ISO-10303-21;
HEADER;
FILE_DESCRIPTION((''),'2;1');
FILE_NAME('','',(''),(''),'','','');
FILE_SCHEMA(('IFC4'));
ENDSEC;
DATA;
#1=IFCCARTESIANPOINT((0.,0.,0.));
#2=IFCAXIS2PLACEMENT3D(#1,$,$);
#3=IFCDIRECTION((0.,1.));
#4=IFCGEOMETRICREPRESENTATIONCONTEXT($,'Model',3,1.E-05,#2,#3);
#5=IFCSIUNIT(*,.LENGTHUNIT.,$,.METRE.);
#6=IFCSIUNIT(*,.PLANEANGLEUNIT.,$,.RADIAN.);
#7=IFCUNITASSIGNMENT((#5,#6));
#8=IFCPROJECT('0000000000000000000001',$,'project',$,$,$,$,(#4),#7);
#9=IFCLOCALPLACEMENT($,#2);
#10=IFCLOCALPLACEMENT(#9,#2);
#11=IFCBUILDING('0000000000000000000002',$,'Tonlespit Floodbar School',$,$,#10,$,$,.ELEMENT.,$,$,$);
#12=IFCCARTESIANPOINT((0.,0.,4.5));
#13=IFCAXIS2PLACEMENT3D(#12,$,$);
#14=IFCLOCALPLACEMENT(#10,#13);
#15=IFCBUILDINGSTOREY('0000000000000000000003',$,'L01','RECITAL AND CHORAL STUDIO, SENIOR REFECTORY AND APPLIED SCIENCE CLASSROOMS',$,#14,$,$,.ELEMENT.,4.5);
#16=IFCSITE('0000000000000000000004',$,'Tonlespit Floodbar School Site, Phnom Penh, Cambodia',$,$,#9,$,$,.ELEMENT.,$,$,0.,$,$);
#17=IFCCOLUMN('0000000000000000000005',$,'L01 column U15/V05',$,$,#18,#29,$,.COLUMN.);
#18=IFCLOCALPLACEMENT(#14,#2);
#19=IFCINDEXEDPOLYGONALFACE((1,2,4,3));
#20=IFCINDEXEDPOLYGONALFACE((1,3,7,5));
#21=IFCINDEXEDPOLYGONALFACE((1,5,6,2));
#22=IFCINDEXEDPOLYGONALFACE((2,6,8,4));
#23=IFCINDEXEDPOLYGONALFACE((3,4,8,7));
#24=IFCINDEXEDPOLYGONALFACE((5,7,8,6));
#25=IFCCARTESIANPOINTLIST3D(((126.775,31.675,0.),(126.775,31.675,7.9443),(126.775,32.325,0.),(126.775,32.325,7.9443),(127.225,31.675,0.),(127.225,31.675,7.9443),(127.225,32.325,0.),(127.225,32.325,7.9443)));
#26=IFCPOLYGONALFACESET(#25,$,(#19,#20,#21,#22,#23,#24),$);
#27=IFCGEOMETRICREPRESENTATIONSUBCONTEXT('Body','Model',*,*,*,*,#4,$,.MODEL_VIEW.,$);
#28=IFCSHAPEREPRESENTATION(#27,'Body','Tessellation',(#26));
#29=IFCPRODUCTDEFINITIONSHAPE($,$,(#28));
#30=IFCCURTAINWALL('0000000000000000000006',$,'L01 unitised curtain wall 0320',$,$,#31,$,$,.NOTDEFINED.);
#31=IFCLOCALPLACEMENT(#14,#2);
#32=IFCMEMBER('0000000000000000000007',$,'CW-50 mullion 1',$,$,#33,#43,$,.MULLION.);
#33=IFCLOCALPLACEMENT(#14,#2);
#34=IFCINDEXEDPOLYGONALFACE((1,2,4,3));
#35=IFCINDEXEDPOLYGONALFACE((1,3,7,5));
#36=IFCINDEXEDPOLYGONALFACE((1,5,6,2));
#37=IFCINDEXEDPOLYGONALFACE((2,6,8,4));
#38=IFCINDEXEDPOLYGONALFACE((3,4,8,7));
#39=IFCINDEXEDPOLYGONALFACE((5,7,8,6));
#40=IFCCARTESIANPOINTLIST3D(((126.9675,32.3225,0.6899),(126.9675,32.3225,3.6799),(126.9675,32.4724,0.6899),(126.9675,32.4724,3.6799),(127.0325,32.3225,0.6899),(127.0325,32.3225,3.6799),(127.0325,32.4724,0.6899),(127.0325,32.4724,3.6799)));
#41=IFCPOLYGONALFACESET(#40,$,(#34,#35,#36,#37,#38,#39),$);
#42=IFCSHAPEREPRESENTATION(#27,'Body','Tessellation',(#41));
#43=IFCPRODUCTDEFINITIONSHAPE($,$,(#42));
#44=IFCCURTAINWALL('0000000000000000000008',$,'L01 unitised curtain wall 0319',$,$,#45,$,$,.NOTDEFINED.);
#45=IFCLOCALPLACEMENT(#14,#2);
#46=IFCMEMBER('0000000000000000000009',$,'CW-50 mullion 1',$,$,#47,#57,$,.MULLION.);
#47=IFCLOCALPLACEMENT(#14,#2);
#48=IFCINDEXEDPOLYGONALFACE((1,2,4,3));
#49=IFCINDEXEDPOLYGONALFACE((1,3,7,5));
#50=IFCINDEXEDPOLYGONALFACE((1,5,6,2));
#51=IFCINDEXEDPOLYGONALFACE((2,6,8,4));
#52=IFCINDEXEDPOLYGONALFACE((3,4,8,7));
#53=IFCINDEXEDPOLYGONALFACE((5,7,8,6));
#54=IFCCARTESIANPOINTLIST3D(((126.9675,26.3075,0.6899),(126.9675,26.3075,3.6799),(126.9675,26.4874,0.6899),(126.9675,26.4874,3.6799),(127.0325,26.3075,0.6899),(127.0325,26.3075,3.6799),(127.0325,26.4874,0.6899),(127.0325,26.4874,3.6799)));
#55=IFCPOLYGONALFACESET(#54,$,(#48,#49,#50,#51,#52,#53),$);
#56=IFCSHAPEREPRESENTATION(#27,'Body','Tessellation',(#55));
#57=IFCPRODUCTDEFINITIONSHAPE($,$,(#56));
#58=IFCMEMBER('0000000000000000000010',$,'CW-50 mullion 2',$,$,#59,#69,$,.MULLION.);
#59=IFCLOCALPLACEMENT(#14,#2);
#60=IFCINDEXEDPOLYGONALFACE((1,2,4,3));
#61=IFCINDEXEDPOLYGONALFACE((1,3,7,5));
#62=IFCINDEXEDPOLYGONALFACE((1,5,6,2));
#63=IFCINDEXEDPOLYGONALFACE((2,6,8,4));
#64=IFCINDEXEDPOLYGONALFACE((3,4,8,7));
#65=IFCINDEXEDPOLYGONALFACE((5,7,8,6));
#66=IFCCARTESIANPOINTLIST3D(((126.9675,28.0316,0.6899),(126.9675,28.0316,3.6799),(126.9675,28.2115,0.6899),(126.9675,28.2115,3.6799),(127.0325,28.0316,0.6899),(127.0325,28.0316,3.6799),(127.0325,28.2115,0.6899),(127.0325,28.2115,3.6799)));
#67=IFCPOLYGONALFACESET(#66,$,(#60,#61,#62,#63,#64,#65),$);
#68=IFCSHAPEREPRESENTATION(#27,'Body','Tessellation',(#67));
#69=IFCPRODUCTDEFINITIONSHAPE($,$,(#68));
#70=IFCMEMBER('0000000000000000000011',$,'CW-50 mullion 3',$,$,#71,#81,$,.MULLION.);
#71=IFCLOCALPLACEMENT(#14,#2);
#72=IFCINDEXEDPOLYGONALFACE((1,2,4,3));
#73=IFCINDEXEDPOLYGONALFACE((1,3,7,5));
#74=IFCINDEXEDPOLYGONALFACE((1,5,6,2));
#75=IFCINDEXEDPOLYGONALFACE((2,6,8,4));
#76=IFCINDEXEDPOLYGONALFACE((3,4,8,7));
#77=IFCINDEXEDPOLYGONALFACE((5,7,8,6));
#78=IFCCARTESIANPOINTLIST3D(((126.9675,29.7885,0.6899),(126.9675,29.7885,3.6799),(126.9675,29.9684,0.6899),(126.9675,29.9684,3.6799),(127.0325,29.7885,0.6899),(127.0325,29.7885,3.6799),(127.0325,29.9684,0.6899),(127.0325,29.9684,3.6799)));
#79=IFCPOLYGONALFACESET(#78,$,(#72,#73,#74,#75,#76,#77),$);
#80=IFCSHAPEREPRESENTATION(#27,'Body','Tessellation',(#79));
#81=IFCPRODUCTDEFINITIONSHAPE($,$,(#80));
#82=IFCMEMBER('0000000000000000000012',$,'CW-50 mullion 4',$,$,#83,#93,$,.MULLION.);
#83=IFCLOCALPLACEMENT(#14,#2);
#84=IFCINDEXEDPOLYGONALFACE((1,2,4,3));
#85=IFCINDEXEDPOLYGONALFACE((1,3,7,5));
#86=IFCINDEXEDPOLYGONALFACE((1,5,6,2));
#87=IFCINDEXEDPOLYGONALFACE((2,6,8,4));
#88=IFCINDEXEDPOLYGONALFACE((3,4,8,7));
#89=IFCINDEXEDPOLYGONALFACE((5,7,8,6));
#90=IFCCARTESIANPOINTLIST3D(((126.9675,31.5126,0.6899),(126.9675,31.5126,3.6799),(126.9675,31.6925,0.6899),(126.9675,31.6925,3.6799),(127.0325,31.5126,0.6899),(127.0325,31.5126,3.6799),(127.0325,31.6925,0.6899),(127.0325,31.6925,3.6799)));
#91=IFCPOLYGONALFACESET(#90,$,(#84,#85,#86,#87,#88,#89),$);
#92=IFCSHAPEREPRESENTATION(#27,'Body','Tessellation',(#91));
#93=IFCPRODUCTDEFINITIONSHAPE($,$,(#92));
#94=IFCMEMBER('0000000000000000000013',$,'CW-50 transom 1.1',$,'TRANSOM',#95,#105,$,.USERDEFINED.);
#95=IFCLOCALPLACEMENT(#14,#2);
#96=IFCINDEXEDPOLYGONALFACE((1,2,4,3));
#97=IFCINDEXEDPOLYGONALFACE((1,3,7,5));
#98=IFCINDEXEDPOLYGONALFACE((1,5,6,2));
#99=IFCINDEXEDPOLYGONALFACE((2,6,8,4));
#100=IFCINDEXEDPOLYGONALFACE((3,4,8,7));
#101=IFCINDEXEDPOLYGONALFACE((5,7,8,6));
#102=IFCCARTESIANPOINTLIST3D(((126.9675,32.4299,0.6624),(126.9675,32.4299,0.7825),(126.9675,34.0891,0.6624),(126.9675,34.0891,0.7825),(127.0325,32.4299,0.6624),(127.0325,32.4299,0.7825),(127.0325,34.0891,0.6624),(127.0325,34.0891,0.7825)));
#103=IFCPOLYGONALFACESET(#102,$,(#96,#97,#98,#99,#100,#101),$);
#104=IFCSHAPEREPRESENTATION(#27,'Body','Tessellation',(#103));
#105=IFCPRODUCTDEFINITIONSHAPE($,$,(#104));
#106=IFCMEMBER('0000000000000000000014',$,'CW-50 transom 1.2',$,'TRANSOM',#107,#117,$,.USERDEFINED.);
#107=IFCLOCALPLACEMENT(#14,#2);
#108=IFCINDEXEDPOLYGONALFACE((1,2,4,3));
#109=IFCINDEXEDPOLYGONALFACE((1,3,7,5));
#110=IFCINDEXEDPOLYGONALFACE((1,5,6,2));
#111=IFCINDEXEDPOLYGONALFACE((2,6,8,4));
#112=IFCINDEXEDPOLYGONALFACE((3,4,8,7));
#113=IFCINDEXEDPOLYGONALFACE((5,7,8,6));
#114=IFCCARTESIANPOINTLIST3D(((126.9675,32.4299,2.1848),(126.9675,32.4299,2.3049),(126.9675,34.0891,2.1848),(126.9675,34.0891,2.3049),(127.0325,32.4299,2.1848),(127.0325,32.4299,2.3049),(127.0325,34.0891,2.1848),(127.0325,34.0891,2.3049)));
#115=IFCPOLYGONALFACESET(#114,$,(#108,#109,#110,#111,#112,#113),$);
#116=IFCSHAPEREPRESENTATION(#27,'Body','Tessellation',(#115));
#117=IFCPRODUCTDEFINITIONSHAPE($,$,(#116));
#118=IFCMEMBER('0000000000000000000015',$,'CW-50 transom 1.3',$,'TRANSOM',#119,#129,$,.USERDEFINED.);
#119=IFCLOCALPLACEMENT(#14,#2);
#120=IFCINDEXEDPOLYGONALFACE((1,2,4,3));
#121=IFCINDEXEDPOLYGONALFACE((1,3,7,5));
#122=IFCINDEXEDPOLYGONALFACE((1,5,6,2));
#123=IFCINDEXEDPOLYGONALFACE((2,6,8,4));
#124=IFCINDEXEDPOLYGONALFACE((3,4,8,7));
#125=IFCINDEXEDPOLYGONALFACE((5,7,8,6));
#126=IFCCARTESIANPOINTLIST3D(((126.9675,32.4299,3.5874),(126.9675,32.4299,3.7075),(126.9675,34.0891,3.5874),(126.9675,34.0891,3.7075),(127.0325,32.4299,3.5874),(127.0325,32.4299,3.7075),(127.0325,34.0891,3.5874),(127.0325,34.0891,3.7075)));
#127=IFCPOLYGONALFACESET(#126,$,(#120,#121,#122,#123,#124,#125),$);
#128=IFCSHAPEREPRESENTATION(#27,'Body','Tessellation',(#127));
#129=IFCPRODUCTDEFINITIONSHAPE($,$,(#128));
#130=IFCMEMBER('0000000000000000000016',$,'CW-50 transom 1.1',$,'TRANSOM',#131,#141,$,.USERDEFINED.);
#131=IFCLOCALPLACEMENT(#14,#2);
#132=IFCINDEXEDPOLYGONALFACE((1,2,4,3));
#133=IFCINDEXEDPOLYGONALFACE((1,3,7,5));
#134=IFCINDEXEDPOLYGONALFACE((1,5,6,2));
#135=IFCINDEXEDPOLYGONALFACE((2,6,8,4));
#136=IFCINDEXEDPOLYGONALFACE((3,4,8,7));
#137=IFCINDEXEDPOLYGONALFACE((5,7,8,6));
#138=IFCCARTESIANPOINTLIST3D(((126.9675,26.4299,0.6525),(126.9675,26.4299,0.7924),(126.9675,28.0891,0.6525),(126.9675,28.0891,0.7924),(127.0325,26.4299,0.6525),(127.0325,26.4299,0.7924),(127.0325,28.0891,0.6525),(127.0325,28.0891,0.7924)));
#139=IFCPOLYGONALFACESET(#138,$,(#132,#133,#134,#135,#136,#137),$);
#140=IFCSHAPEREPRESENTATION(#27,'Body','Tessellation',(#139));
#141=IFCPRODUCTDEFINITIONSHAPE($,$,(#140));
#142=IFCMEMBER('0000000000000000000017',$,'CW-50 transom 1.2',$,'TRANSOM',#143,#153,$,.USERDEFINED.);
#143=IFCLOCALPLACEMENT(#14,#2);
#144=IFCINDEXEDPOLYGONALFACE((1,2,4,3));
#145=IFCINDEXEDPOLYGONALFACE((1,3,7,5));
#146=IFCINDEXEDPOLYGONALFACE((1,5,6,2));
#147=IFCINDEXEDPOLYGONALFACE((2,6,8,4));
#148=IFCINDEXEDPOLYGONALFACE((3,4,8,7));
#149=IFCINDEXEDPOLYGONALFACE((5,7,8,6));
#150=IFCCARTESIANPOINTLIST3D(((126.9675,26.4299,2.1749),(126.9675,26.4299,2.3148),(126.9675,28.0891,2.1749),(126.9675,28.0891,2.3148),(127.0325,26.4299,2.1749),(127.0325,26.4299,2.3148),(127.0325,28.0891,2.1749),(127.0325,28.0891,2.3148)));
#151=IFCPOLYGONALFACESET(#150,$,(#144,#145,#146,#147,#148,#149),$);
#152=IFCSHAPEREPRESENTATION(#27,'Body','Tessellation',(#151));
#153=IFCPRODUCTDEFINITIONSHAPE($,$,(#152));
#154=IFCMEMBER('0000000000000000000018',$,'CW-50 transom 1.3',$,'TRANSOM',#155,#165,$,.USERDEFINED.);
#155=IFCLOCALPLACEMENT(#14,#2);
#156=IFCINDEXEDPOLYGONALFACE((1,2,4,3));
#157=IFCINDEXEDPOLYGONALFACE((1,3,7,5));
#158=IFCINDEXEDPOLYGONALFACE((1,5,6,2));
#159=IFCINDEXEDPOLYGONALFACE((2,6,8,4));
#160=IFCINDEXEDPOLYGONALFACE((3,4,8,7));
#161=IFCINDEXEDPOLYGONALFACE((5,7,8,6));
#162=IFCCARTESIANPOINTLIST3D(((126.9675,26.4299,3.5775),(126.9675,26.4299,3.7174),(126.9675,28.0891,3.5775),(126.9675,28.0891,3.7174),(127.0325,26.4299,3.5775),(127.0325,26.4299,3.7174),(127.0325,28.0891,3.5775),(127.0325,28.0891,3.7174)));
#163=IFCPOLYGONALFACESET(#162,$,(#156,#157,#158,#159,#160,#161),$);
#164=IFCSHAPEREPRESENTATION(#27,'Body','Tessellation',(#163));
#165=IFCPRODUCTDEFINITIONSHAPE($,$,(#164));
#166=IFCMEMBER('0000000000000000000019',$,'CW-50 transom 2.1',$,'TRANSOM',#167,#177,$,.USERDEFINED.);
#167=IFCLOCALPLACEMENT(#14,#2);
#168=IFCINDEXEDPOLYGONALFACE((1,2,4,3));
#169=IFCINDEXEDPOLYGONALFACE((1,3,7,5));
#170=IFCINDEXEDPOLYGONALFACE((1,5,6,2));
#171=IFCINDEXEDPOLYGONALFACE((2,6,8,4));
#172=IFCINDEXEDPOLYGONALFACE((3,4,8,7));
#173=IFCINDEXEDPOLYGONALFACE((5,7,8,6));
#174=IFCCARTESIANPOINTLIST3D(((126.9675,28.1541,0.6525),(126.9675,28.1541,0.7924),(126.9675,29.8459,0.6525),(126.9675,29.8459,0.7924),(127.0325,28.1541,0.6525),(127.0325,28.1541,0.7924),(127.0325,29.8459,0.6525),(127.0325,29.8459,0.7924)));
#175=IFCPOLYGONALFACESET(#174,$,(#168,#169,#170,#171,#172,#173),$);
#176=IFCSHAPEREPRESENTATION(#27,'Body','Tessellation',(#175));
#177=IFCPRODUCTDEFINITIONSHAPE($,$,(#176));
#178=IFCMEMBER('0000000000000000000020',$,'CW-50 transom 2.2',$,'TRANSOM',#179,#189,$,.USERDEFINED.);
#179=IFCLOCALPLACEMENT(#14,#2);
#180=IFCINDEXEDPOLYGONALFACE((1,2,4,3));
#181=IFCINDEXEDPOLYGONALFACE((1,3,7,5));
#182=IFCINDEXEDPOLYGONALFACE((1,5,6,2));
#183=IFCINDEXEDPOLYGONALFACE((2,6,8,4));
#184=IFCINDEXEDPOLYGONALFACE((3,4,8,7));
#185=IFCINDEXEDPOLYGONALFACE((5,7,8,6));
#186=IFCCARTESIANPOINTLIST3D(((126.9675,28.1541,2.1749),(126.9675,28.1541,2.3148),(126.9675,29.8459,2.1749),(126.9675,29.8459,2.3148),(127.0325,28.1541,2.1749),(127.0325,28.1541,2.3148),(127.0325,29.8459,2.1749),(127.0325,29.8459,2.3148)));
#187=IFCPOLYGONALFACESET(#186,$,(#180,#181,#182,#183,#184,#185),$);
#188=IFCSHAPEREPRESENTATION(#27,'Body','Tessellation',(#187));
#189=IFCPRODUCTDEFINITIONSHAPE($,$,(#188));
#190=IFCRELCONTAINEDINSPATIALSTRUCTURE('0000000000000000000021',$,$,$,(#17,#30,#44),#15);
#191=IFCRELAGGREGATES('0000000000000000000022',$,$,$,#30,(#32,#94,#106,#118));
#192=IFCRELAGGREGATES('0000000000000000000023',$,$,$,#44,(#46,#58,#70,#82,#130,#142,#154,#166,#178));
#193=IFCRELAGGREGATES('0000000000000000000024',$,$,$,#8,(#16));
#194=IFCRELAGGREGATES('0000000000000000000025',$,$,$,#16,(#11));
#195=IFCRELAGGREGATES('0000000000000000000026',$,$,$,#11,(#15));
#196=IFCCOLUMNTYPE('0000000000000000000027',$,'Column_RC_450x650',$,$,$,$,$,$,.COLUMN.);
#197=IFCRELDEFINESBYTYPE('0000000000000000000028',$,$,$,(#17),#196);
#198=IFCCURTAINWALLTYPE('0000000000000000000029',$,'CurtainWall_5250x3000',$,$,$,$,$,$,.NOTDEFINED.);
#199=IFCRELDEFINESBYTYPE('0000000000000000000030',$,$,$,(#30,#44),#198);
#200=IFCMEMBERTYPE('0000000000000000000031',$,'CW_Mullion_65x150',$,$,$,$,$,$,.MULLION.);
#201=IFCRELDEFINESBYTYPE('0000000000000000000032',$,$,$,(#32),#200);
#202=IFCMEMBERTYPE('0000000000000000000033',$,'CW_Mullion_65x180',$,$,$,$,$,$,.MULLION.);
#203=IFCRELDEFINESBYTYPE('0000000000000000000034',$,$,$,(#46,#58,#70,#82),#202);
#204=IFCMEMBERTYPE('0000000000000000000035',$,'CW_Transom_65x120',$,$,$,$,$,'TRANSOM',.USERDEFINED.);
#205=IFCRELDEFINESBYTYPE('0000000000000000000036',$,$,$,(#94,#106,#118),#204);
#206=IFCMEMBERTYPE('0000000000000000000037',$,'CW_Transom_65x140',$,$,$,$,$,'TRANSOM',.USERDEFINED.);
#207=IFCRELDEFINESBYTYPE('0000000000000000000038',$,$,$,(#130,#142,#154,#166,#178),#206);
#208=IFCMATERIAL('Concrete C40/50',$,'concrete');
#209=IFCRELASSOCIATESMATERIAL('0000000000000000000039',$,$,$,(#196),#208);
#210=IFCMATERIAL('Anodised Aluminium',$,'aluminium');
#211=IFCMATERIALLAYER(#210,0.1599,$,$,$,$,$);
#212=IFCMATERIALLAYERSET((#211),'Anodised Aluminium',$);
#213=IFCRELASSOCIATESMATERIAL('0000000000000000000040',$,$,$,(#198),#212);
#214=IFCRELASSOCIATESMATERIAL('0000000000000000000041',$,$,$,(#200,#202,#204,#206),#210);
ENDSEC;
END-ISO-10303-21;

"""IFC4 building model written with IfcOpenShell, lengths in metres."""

from ifc_helpers import new_model, si_unit, direction, frame, origin, origin_2d, place, context, subcontext, project, spatial, rectangle, extrude, material, layer, layer_set, material_profile, profile_set, type_object, element, aggregate, save


model = new_model("IFC4")

# Units and contexts
model_context = context("Model", 3, precision=1e-05, world=origin(), true_north=direction((0.0, 1.0)))
body_context = subcontext(model_context, "Body", "Model", "MODEL_VIEW")
ifc_project = project(units=[si_unit("LENGTHUNIT", "METRE"), si_unit("PLANEANGLEUNIT", "RADIAN")], contexts=[model_context])

# Site, building, storey
site_placement = place(None, origin())
site = spatial("IfcSite", under=ifc_project, at=site_placement, Name="Tonlespit Floodbar School Site, Phnom Penh, Cambodia", CompositionType="ELEMENT", RefElevation=0.0)
building_placement = place(site_placement, origin())
building = spatial("IfcBuilding", under=site, at=building_placement, Name="Tonlespit Floodbar School", CompositionType="ELEMENT")
storey_placement = place(building_placement, frame((0.0, 0.0, 4.5)))
storey = spatial("IfcBuildingStorey", under=building, at=storey_placement, Name="L01", Description="RECITAL AND CHORAL STUDIO, SENIOR REFECTORY AND APPLIED SCIENCE CLASSROOMS", CompositionType="ELEMENT", Elevation=4.5)

# Column
ifc_material_1 = material(Name="Concrete C40/50", Category="concrete")
ifc_material_profile_1 = material_profile(ifc_material_1, rectangle(XDim=0.45, YDim=0.6499, at=origin_2d()), Name="RC 450x650")
ifc_profile_set_1 = profile_set([ifc_material_profile_1], Name="Concrete C40/50")
column_type = type_object("IfcColumnType", Name="Column_RC_450x650", PredefinedType="COLUMN", material=ifc_profile_set_1)
column_placement = place(storey_placement, frame((127.0, 32.0, 0.0), z_axis=(0.0, 0.0, 1.0), x_axis=(1.0, 0.0, 0.0)))
element("IfcColumn", 1, at=column_placement, inside=storey, type_object=column_type, Name="L01 column U15/V05", PredefinedType="COLUMN", context=body_context, shape_type="SweptSolid", body=[
    extrude(rectangle(XDim=0.45, YDim=0.6499, at=origin_2d()), origin(), (0.0, 0.0, 1.0), 7.9443),
])

# Curtain wall, member
ifc_material_2 = material(Name="Anodised Aluminium", Category="aluminium")
ifc_layer_1 = layer(ifc_material_2, 0.1599)
ifc_layer_set_1 = layer_set([ifc_layer_1], Name="Anodised Aluminium")
curtain_wall_type = type_object("IfcCurtainWallType", Name="CurtainWall_5250x3000", PredefinedType="NOTDEFINED", material=ifc_layer_set_1)
curtain_wall_1_placement = place(storey_placement, origin())
curtain_wall_1 = element("IfcCurtainWall", 2, at=curtain_wall_1_placement, inside=storey, type_object=curtain_wall_type, Name="L01 unitised curtain wall 0320", PredefinedType="NOTDEFINED")
ifc_material_profile_2 = material_profile(ifc_material_2, rectangle(XDim=0.0649, YDim=0.1499, at=origin_2d()), Name="ALU M65x150")
ifc_profile_set_2 = profile_set([ifc_material_profile_2], Name="Anodised Aluminium")
member_type_1 = type_object("IfcMemberType", Name="CW_Mullion_65x150", PredefinedType="MULLION", material=ifc_profile_set_2)
member_1_placement = place(storey_placement, frame((127.0, 32.3975, 0.6899), z_axis=(0.0, 0.0, 1.0), x_axis=(-1.0, 0.0, 0.0)))
member_1 = element("IfcMember", 3, at=member_1_placement, type_object=member_type_1, Name="CW-50 mullion 1", PredefinedType="MULLION", context=body_context, shape_type="SweptSolid", body=[
    extrude(rectangle(XDim=0.0649, YDim=0.1499, at=origin_2d()), origin(), (0.0, 0.0, 1.0), 2.99),
])

# Curtain wall, members
curtain_wall_2_placement = place(storey_placement, origin())
curtain_wall_2 = element("IfcCurtainWall", 4, at=curtain_wall_2_placement, inside=storey, type_object=curtain_wall_type, Name="L01 unitised curtain wall 0319", PredefinedType="NOTDEFINED")
ifc_material_profile_3 = material_profile(ifc_material_2, rectangle(XDim=0.0649, YDim=0.1799, at=origin_2d()), Name="ALU M65x180")
ifc_profile_set_3 = profile_set([ifc_material_profile_3], Name="Anodised Aluminium")
member_type_2 = type_object("IfcMemberType", Name="CW_Mullion_65x180", PredefinedType="MULLION", material=ifc_profile_set_3)
member_2_placement = place(storey_placement, frame((127.0, 26.3975, 0.6899), z_axis=(0.0, 0.0, 1.0), x_axis=(-1.0, 0.0, 0.0)))
member_2 = element("IfcMember", 5, at=member_2_placement, type_object=member_type_2, Name="CW-50 mullion 1", PredefinedType="MULLION", context=body_context, shape_type="SweptSolid", body=[
    extrude(rectangle(XDim=0.0649, YDim=0.1799, at=origin_2d()), origin(), (0.0, 0.0, 1.0), 2.99),
])
member_3_placement = place(storey_placement, frame((127.0, 28.1216, 0.6899), z_axis=(0.0, 0.0, 1.0), x_axis=(-1.0, 0.0, 0.0)))
member_3 = element("IfcMember", 6, at=member_3_placement, type_object=member_type_2, Name="CW-50 mullion 2", PredefinedType="MULLION", context=body_context, shape_type="SweptSolid", body=[
    extrude(rectangle(XDim=0.0649, YDim=0.1799, at=origin_2d()), origin(), (0.0, 0.0, 1.0), 2.99),
])
member_4_placement = place(storey_placement, frame((127.0, 29.8784, 0.6899), z_axis=(0.0, 0.0, 1.0), x_axis=(-1.0, 0.0, 0.0)))
member_4 = element("IfcMember", 7, at=member_4_placement, type_object=member_type_2, Name="CW-50 mullion 3", PredefinedType="MULLION", context=body_context, shape_type="SweptSolid", body=[
    extrude(rectangle(XDim=0.0649, YDim=0.1799, at=origin_2d()), origin(), (0.0, 0.0, 1.0), 2.99),
])
member_5_placement = place(storey_placement, frame((127.0, 31.6025, 0.6899), z_axis=(0.0, 0.0, 1.0), x_axis=(-1.0, 0.0, 0.0)))
member_5 = element("IfcMember", 8, at=member_5_placement, type_object=member_type_2, Name="CW-50 mullion 4", PredefinedType="MULLION", context=body_context, shape_type="SweptSolid", body=[
    extrude(rectangle(XDim=0.0649, YDim=0.1799, at=origin_2d()), origin(), (0.0, 0.0, 1.0), 2.99),
])

# Members
ifc_material_profile_4 = material_profile(ifc_material_2, rectangle(XDim=0.0649, YDim=0.1201, at=origin_2d()), Name="ALU T65x120")
ifc_profile_set_4 = profile_set([ifc_material_profile_4], Name="Anodised Aluminium")
member_type_3 = type_object("IfcMemberType", Name="CW_Transom_65x120", ElementType="TRANSOM", PredefinedType="USERDEFINED", material=ifc_profile_set_4)
member_6_placement = place(storey_placement, frame((127.0, 32.4299, 0.7224), z_axis=(0.0, 1.0, 0.0), x_axis=(-1.0, 0.0, 0.0)))
member_6 = element("IfcMember", 9, at=member_6_placement, type_object=member_type_3, Name="CW-50 transom 1.1", ObjectType="TRANSOM", PredefinedType="USERDEFINED", context=body_context, shape_type="SweptSolid", body=[
    extrude(rectangle(XDim=0.0649, YDim=0.1201, at=origin_2d()), origin(), (0.0, 0.0, 1.0), 1.6592),
])
member_7_placement = place(storey_placement, frame((127.0, 32.4299, 2.2449), z_axis=(0.0, 1.0, 0.0), x_axis=(-1.0, 0.0, 0.0)))
member_7 = element("IfcMember", 10, at=member_7_placement, type_object=member_type_3, Name="CW-50 transom 1.2", ObjectType="TRANSOM", PredefinedType="USERDEFINED", context=body_context, shape_type="SweptSolid", body=[
    extrude(rectangle(XDim=0.0649, YDim=0.1201, at=origin_2d()), origin(), (0.0, 0.0, 1.0), 1.6592),
])
member_8_placement = place(storey_placement, frame((127.0, 32.4299, 3.6475), z_axis=(0.0, 1.0, 0.0), x_axis=(-1.0, 0.0, 0.0)))
member_8 = element("IfcMember", 11, at=member_8_placement, type_object=member_type_3, Name="CW-50 transom 1.3", ObjectType="TRANSOM", PredefinedType="USERDEFINED", context=body_context, shape_type="SweptSolid", body=[
    extrude(rectangle(XDim=0.0649, YDim=0.1201, at=origin_2d()), origin(), (0.0, 0.0, 1.0), 1.6592),
])
aggregate(curtain_wall_1, [member_1, member_6, member_7, member_8])
ifc_material_profile_5 = material_profile(ifc_material_2, rectangle(XDim=0.0649, YDim=0.1399, at=origin_2d()), Name="ALU T65x140")
ifc_profile_set_5 = profile_set([ifc_material_profile_5], Name="Anodised Aluminium")
member_type_4 = type_object("IfcMemberType", Name="CW_Transom_65x140", ElementType="TRANSOM", PredefinedType="USERDEFINED", material=ifc_profile_set_5)
member_9_placement = place(storey_placement, frame((127.0, 26.4299, 0.7224), z_axis=(0.0, 1.0, 0.0), x_axis=(-1.0, 0.0, 0.0)))
member_9 = element("IfcMember", 12, at=member_9_placement, type_object=member_type_4, Name="CW-50 transom 1.1", ObjectType="TRANSOM", PredefinedType="USERDEFINED", context=body_context, shape_type="SweptSolid", body=[
    extrude(rectangle(XDim=0.0649, YDim=0.1399, at=origin_2d()), origin(), (0.0, 0.0, 1.0), 1.6592),
])
member_10_placement = place(storey_placement, frame((127.0, 26.4299, 2.2449), z_axis=(0.0, 1.0, 0.0), x_axis=(-1.0, 0.0, 0.0)))
member_10 = element("IfcMember", 13, at=member_10_placement, type_object=member_type_4, Name="CW-50 transom 1.2", ObjectType="TRANSOM", PredefinedType="USERDEFINED", context=body_context, shape_type="SweptSolid", body=[
    extrude(rectangle(XDim=0.0649, YDim=0.1399, at=origin_2d()), origin(), (0.0, 0.0, 1.0), 1.6592),
])
member_11_placement = place(storey_placement, frame((127.0, 26.4299, 3.6475), z_axis=(0.0, 1.0, 0.0), x_axis=(-1.0, 0.0, 0.0)))
member_11 = element("IfcMember", 14, at=member_11_placement, type_object=member_type_4, Name="CW-50 transom 1.3", ObjectType="TRANSOM", PredefinedType="USERDEFINED", context=body_context, shape_type="SweptSolid", body=[
    extrude(rectangle(XDim=0.0649, YDim=0.1399, at=origin_2d()), origin(), (0.0, 0.0, 1.0), 1.6592),
])
member_12_placement = place(storey_placement, frame((127.0, 28.1541, 0.7224), z_axis=(0.0, 1.0, 0.0), x_axis=(-1.0, 0.0, 0.0)))
member_12 = element("IfcMember", 15, at=member_12_placement, type_object=member_type_4, Name="CW-50 transom 2.1", ObjectType="TRANSOM", PredefinedType="USERDEFINED", context=body_context, shape_type="SweptSolid", body=[
    extrude(rectangle(XDim=0.0649, YDim=0.1399, at=origin_2d()), origin(), (0.0, 0.0, 1.0), 1.6919),
])
member_13_placement = place(storey_placement, frame((127.0, 28.1541, 2.2449), z_axis=(0.0, 1.0, 0.0), x_axis=(-1.0, 0.0, 0.0)))
member_13 = element("IfcMember", 16, at=member_13_placement, type_object=member_type_4, Name="CW-50 transom 2.2", ObjectType="TRANSOM", PredefinedType="USERDEFINED", context=body_context, shape_type="SweptSolid", body=[
    extrude(rectangle(XDim=0.0649, YDim=0.1399, at=origin_2d()), origin(), (0.0, 0.0, 1.0), 1.6919),
])

aggregate(curtain_wall_2, [member_2, member_3, member_4, member_5, member_9, member_10, member_11, member_12, member_13])

save(model, "model.ifc")
